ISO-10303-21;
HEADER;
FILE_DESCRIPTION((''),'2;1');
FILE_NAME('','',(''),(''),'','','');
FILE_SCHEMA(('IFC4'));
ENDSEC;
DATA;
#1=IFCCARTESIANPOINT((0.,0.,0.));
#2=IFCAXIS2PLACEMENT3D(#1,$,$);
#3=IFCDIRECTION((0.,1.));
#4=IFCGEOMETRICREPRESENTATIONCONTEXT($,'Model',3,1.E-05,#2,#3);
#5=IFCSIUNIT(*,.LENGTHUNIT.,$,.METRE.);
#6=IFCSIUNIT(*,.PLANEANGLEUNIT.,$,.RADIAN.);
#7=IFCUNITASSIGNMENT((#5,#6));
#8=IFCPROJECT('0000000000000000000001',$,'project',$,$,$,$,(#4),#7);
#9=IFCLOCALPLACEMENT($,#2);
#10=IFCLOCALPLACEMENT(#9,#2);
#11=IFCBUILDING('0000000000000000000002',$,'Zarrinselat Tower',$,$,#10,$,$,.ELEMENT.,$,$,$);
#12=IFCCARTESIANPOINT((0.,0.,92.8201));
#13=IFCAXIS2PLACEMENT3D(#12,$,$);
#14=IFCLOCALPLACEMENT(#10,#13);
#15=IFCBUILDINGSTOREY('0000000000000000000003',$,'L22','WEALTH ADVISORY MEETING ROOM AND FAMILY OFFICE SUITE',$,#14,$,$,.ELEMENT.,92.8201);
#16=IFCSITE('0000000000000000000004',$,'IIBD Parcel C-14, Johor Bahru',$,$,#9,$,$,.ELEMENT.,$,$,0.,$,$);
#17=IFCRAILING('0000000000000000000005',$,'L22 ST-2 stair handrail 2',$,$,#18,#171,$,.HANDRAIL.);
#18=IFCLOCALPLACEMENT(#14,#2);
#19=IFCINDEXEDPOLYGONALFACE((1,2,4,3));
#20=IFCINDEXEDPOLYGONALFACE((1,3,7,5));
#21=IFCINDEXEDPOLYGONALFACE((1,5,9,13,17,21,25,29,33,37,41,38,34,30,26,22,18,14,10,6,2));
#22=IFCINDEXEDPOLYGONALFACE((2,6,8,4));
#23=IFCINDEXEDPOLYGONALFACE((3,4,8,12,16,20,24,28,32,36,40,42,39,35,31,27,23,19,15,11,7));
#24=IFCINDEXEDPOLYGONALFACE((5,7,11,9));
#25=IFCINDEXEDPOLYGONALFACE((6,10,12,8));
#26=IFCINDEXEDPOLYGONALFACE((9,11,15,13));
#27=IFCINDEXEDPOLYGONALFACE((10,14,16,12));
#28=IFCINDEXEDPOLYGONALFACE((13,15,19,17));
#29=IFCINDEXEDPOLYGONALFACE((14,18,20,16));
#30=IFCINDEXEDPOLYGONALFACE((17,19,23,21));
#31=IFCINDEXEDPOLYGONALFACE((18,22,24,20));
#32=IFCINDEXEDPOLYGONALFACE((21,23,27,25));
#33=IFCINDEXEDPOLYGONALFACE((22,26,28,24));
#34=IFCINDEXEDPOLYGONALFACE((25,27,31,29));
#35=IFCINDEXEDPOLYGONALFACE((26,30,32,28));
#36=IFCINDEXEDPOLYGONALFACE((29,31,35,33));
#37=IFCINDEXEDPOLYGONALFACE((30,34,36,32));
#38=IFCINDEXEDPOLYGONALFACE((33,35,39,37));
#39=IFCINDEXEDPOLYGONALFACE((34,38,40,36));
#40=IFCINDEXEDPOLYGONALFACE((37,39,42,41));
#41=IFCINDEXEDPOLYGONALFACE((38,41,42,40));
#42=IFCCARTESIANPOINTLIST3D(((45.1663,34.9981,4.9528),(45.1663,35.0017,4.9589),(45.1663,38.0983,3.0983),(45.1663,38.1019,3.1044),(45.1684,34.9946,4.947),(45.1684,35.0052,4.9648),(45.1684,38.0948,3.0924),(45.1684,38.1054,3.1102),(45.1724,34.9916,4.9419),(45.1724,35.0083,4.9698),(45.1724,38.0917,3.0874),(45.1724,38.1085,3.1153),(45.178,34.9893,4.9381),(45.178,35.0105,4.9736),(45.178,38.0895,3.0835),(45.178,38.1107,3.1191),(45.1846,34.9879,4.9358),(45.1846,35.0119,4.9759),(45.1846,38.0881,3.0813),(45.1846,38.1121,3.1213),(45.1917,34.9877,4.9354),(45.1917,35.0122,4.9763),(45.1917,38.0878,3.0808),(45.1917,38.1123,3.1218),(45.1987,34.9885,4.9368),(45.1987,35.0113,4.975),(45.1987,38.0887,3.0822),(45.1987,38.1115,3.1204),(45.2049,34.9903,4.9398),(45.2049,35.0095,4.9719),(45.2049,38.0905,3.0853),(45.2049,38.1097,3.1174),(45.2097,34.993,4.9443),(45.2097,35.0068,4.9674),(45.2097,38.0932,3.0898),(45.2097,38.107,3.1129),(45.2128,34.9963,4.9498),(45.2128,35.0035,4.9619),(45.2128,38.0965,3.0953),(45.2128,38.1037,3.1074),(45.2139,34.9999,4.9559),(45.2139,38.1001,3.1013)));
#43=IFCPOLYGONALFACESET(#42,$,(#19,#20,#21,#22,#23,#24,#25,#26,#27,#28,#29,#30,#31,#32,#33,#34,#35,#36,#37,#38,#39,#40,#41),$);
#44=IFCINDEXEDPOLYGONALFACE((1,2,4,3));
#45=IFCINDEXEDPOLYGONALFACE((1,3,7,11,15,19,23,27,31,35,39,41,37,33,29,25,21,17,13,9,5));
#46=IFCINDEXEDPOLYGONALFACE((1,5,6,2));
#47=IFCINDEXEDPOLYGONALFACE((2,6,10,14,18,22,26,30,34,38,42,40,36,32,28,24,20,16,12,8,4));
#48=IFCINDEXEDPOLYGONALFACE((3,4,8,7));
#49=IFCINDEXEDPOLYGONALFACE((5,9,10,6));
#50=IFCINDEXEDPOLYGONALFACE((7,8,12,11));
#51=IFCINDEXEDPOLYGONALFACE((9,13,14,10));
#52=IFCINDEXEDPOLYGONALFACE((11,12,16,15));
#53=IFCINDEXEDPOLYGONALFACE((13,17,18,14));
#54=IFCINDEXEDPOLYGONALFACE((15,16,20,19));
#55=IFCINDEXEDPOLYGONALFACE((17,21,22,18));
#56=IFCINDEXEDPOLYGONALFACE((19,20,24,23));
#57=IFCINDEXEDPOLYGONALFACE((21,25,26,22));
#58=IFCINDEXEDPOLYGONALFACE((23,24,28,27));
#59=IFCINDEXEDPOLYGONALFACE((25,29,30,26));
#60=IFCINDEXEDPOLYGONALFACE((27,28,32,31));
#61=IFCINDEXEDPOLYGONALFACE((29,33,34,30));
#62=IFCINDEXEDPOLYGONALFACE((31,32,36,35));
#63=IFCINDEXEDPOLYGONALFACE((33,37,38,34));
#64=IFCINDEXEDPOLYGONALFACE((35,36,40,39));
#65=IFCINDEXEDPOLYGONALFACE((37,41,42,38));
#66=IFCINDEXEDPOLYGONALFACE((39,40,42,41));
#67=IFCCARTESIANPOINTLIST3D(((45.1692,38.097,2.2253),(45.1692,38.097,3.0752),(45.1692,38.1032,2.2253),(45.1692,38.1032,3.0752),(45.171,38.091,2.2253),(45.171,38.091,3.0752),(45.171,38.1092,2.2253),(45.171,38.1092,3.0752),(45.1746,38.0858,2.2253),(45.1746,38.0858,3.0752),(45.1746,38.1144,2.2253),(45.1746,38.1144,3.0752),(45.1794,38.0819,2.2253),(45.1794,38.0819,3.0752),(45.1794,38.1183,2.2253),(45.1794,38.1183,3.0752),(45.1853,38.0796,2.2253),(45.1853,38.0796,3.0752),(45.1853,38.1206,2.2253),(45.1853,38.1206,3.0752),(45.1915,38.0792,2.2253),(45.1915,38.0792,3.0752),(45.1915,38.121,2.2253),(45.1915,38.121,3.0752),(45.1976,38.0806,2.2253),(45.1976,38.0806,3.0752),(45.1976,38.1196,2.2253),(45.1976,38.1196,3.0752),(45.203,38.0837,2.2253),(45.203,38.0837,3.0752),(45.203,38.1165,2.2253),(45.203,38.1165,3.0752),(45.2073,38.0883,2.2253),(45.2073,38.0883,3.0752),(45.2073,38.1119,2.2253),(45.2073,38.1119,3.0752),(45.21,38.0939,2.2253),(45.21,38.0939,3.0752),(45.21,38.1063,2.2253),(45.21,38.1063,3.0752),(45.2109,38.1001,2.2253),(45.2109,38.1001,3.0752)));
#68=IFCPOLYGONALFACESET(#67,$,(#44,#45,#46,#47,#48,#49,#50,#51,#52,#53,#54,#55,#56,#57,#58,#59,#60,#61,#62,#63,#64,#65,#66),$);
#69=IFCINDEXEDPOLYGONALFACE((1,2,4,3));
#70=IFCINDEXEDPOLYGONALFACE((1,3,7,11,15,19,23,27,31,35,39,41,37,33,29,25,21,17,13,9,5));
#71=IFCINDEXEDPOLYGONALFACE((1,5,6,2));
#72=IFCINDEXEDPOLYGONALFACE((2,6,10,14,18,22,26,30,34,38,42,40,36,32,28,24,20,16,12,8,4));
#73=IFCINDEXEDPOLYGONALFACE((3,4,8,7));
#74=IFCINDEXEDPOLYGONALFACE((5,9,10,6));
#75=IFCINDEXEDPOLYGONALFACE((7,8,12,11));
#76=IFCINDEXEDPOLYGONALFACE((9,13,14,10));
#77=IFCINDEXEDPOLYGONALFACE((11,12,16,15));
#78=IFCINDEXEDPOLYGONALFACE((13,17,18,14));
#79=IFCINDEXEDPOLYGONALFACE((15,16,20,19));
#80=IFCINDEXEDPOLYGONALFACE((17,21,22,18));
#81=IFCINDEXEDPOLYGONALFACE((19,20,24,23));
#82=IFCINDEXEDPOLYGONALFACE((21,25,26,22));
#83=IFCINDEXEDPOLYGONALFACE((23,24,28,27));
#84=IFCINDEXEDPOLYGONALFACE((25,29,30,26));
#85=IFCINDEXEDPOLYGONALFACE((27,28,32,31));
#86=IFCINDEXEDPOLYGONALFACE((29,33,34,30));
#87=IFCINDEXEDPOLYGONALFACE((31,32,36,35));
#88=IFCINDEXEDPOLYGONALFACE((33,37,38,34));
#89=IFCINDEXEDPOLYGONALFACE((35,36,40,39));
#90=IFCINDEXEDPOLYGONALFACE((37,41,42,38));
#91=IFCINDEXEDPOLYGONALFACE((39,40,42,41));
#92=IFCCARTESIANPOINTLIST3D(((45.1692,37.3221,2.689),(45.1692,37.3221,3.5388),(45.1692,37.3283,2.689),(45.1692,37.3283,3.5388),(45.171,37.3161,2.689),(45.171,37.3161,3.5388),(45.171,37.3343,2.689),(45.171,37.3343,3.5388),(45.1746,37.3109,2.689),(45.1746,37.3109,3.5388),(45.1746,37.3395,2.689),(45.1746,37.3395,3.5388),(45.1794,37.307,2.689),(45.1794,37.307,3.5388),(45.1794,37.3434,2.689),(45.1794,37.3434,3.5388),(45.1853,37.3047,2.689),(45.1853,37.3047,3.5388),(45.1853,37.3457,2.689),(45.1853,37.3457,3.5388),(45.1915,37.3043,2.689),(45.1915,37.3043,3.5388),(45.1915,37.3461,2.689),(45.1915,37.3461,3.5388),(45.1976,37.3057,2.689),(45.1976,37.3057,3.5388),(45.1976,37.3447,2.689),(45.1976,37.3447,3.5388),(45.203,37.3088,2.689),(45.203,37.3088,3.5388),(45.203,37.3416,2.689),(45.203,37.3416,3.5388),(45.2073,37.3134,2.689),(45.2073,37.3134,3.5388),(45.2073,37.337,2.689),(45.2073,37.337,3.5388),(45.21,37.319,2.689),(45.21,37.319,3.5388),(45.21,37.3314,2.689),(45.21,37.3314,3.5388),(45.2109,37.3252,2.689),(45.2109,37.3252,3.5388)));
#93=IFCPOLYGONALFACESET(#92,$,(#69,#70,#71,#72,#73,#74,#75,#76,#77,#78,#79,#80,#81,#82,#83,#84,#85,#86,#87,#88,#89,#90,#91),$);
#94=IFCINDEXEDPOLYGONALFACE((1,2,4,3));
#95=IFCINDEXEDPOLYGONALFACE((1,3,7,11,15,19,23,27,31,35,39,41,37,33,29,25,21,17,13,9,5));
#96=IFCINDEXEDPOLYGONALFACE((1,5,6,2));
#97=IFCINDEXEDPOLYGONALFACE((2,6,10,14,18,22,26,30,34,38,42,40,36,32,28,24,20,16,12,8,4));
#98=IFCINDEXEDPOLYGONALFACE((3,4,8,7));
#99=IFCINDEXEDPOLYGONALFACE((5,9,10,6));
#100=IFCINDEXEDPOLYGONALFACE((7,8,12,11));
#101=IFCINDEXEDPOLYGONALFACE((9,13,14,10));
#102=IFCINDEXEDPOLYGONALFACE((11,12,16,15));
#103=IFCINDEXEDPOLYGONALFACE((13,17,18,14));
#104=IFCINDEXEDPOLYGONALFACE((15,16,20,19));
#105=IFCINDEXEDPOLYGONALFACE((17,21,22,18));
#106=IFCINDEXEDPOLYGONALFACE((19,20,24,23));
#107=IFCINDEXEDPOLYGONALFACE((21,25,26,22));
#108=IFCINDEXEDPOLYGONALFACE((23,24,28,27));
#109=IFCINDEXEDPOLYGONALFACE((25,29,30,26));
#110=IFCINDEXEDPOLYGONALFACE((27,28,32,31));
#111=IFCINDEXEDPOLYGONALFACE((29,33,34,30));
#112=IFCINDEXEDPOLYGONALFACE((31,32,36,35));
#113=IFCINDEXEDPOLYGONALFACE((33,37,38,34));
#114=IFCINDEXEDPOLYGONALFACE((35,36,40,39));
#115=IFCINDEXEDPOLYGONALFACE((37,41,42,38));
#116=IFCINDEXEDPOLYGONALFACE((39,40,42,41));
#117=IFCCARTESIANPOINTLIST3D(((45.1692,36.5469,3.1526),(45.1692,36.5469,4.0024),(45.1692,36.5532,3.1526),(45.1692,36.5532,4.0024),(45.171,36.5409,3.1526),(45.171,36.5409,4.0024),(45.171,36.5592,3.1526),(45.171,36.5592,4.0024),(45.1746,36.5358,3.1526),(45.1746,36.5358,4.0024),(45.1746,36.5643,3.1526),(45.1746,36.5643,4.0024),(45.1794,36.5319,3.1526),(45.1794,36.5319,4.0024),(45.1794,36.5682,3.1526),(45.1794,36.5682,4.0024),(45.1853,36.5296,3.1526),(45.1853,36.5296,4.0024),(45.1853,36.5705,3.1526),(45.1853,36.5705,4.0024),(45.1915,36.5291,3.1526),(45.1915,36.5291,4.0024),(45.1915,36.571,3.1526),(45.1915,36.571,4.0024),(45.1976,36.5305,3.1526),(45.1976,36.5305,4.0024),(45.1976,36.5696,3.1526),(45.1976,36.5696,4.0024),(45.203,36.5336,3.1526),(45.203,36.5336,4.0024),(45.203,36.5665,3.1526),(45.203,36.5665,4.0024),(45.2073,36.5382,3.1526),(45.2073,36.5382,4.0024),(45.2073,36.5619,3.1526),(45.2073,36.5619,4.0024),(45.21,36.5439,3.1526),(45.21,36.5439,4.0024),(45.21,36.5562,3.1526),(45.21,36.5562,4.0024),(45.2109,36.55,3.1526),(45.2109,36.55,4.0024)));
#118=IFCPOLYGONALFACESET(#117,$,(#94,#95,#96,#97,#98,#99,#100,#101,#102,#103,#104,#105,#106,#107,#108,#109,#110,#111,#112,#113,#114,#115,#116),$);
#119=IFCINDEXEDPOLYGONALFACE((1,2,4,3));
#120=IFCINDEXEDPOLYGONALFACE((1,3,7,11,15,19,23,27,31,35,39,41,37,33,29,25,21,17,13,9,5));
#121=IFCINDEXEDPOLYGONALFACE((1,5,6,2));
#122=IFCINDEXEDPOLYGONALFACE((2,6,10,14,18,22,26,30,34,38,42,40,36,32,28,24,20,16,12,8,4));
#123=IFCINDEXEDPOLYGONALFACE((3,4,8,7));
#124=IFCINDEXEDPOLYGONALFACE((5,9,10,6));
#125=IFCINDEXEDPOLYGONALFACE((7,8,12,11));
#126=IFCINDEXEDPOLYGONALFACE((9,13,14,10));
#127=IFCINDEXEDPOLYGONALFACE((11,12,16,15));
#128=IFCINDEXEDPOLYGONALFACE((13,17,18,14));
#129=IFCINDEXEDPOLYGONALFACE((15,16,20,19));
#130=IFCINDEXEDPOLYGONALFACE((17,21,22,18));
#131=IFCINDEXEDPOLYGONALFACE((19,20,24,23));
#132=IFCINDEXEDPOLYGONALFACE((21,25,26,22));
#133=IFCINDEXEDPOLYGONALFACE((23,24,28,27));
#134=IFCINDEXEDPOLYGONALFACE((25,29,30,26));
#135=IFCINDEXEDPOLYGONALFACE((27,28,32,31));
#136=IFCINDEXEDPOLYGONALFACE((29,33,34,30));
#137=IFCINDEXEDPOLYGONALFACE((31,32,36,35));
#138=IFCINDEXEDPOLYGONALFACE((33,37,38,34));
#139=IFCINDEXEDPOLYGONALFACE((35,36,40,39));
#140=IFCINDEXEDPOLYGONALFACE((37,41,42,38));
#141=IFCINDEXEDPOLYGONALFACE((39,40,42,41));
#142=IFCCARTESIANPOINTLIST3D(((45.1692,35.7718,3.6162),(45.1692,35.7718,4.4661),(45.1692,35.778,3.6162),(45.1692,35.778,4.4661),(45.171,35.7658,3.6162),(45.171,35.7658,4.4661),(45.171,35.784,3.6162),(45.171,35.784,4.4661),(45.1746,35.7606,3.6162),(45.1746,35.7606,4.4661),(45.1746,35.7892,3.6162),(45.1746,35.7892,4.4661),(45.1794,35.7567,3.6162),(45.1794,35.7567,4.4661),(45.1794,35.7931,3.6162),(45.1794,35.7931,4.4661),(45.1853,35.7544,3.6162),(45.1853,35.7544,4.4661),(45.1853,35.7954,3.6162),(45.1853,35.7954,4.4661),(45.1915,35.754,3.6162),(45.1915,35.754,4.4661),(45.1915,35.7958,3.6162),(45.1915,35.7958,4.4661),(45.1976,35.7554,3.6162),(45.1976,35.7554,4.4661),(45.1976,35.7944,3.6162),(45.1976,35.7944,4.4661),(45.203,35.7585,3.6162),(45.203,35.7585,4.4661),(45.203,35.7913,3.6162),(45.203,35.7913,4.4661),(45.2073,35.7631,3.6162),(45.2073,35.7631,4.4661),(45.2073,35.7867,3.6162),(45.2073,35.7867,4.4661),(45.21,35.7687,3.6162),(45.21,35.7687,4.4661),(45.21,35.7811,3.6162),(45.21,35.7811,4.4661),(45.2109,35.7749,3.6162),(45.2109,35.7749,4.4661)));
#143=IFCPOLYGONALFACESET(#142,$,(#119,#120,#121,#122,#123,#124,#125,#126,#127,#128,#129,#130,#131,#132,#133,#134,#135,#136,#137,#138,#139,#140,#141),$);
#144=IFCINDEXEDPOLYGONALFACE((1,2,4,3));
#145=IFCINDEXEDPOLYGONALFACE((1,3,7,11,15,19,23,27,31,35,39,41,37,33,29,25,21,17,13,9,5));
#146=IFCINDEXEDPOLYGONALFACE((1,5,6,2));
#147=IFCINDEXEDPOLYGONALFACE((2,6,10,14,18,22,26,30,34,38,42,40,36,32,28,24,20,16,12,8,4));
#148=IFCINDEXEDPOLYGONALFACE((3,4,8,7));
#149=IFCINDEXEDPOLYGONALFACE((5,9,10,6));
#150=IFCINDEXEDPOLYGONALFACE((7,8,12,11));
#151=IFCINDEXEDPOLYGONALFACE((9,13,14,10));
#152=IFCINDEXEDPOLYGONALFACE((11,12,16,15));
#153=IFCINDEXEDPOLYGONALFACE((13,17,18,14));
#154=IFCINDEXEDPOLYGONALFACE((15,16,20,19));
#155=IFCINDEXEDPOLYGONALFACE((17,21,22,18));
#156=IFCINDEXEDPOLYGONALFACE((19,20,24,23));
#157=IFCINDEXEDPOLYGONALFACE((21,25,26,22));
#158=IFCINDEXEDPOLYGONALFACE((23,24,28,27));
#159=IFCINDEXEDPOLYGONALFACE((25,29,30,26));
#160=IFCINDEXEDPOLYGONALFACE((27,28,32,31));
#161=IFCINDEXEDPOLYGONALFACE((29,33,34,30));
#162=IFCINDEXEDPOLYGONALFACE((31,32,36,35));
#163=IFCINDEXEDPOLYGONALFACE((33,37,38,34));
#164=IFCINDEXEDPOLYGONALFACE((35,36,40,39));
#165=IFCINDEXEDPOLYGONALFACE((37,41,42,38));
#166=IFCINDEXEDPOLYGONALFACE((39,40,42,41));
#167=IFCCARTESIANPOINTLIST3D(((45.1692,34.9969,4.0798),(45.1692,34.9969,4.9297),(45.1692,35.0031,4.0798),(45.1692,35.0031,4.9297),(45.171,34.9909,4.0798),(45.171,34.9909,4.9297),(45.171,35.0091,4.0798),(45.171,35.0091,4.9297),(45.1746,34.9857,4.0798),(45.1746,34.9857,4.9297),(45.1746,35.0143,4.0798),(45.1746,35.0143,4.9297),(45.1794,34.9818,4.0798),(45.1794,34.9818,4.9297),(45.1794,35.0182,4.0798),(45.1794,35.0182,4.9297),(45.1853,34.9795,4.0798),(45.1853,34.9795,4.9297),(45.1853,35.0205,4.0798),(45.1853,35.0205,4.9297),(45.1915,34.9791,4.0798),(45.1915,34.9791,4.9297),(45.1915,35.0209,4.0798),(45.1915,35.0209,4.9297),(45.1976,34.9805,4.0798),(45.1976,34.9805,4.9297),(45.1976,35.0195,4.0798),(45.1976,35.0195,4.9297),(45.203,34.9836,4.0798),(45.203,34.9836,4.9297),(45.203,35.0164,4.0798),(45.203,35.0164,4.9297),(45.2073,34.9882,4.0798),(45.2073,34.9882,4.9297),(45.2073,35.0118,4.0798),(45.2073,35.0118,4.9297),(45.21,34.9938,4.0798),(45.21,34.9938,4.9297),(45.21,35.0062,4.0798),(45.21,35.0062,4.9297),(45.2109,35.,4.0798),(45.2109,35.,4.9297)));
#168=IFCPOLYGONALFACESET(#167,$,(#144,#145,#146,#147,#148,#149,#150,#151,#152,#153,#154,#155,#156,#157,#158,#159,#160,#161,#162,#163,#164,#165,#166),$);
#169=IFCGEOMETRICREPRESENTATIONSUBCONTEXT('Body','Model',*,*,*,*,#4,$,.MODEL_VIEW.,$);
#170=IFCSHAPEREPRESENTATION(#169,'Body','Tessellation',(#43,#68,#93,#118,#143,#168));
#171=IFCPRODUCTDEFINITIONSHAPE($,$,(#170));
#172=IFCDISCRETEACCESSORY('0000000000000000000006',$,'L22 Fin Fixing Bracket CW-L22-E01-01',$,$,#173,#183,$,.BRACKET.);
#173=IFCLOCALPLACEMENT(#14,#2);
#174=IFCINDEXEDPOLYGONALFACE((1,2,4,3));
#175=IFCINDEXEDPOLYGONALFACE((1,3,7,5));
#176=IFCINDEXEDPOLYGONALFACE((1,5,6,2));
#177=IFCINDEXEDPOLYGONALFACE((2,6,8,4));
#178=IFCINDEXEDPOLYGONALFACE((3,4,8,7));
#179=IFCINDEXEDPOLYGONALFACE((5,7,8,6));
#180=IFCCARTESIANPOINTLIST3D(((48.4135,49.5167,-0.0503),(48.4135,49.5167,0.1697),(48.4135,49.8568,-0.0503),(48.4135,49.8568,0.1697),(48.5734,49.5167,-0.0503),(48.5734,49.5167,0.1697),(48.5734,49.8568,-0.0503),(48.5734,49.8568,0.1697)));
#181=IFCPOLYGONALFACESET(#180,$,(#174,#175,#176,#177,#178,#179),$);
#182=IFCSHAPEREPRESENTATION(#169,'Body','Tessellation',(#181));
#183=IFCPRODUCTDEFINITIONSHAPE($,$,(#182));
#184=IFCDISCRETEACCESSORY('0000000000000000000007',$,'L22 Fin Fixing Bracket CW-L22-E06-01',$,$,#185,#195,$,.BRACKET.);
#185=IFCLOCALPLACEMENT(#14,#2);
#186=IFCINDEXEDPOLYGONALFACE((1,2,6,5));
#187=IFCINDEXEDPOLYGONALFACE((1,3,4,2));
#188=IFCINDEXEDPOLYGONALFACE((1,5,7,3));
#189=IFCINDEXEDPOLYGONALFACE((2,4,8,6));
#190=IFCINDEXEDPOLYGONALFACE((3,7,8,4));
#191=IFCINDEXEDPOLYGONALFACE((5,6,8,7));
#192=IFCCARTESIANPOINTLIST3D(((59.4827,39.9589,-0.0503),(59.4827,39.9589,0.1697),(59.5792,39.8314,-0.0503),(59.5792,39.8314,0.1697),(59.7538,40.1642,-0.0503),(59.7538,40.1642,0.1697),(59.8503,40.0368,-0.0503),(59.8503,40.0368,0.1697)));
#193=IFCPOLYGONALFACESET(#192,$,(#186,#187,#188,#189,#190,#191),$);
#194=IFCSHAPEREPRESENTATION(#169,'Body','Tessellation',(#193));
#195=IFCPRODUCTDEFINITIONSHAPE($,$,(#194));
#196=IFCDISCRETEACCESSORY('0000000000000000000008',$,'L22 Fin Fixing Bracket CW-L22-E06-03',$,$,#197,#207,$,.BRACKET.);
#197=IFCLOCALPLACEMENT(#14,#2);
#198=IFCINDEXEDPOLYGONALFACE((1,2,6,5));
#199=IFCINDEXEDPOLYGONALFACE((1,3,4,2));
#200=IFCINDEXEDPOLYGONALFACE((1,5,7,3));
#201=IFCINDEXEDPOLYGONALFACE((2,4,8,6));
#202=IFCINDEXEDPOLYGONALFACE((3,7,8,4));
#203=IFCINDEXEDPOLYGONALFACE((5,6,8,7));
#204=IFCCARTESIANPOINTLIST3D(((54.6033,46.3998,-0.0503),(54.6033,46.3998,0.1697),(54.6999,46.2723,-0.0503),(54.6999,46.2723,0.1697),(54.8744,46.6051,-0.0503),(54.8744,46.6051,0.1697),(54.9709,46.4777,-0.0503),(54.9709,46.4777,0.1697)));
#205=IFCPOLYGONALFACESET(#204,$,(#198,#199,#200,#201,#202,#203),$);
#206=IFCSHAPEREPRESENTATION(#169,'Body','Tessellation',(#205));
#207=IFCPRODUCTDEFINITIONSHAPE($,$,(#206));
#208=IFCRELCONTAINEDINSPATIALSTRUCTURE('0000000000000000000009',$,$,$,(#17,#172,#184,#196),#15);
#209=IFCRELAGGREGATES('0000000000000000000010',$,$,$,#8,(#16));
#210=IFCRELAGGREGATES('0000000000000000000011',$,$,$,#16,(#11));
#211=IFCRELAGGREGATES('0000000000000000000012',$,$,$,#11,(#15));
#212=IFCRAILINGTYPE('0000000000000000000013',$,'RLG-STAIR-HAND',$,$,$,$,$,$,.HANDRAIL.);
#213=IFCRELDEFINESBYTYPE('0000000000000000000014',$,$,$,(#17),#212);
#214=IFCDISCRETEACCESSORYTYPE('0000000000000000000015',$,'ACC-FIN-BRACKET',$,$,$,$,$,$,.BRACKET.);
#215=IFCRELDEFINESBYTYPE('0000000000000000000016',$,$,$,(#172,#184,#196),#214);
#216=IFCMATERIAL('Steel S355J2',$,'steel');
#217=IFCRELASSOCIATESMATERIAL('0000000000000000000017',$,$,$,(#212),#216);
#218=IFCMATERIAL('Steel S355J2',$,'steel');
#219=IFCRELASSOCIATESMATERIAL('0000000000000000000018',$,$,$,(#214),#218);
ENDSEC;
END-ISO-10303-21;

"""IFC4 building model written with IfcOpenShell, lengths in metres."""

from ifc_helpers import new_model, si_unit, direction, frame, origin, origin_2d, place, context, subcontext, project, spatial, rectangle, circle, extrude, material, type_object, element, save


model = new_model("IFC4")

# Units and contexts
model_context = context("Model", 3, precision=1e-05, world=origin(), true_north=direction((0.0, 1.0)))
body_context = subcontext(model_context, "Body", "Model", "MODEL_VIEW")
ifc_project = project(units=[si_unit("LENGTHUNIT", "METRE"), si_unit("PLANEANGLEUNIT", "RADIAN")], contexts=[model_context])

# Site, building, storey
site_placement = place(None, origin())
site = spatial("IfcSite", under=ifc_project, at=site_placement, Name="IIBD Parcel C-14, Johor Bahru", CompositionType="ELEMENT", RefElevation=0.0)
building_placement = place(site_placement, origin())
building = spatial("IfcBuilding", under=site, at=building_placement, Name="Zarrinselat Tower", CompositionType="ELEMENT")
storey_placement = place(building_placement, frame((0.0, 0.0, 92.8201)))
storey = spatial("IfcBuildingStorey", under=building, at=storey_placement, Name="L22", Description="WEALTH ADVISORY MEETING ROOM AND FAMILY OFFICE SUITE", CompositionType="ELEMENT", Elevation=92.8201)

# Railing
ifc_material_1 = material(Name="Steel S355J2", Category="steel")
railing_type_1 = type_object("IfcRailingType", Name="RLG-STAIR-HAND", PredefinedType="HANDRAIL", material=ifc_material_1)
railing_1_placement = place(storey_placement, frame((45.1899, 38.1001, 2.2253)))
element("IfcRailing", 1, at=railing_1_placement, inside=storey, type_object=railing_type_1, Name="L22 ST-2 stair handrail 2", PredefinedType="HANDRAIL", context=body_context, shape_type="SweptSolid", body=[
    extrude(circle(Radius=0.0239, at=origin_2d()), frame((0.0, 0.0, 0.876), z_axis=(0.0, -0.858172, 0.513362), x_axis=(1.0, 0.0, 0.0)), (0.0, 0.0, 1.0), 3.6125),
    extrude(circle(Radius=0.021, at=origin_2d()), origin(), (0.0, 0.0, 1.0), 0.8499),
    extrude(circle(Radius=0.021, at=origin_2d()), frame((0.0, -0.7749, 0.4636)), (0.0, 0.0, 1.0), 0.8499),
    extrude(circle(Radius=0.021, at=origin_2d()), frame((0.0, -1.55, 0.9272)), (0.0, 0.0, 1.0), 0.8499),
    extrude(circle(Radius=0.021, at=origin_2d()), frame((0.0, -2.3252, 1.3909)), (0.0, 0.0, 1.0), 0.8499),
    extrude(circle(Radius=0.021, at=origin_2d()), frame((0.0, -3.1001, 1.8545)), (0.0, 0.0, 1.0), 0.8499),
])

# Discrete accessories
ifc_material_2 = material(Name="Steel S355J2", Category="steel")
discrete_accessory_type = type_object("IfcDiscreteAccessoryType", Name="ACC-FIN-BRACKET", PredefinedType="BRACKET", material=ifc_material_2)
for number, where, z_axis, x_axis, name in (
    (2, (48.4934, 49.6868, -0.0503), (0.0, 0.0, 1.0), (0.0, 1.0, 0.0), "L22 Fin Fixing Bracket CW-L22-E01-01"),
    (3, (59.6665, 39.9978, -0.0503), (0.0, 0.0, 1.0), (0.797092, 0.603858, 0.0), "L22 Fin Fixing Bracket CW-L22-E06-01"),
    (4, (54.7871, 46.4387, -0.0503), (0.0, 0.0, 1.0), (0.797092, 0.603858, 0.0), "L22 Fin Fixing Bracket CW-L22-E06-03"),
):
    element("IfcDiscreteAccessory", number, at=place(storey_placement, frame(where, z_axis=z_axis, x_axis=x_axis)), inside=storey, type_object=discrete_accessory_type, Name=name, PredefinedType="BRACKET", context=body_context, shape_type="SweptSolid", body=[
        extrude(rectangle(XDim=0.3401, YDim=0.1599, at=origin_2d()), origin(), (0.0, 0.0, 1.0), 0.22),
    ])

save(model, "model.ifc")
